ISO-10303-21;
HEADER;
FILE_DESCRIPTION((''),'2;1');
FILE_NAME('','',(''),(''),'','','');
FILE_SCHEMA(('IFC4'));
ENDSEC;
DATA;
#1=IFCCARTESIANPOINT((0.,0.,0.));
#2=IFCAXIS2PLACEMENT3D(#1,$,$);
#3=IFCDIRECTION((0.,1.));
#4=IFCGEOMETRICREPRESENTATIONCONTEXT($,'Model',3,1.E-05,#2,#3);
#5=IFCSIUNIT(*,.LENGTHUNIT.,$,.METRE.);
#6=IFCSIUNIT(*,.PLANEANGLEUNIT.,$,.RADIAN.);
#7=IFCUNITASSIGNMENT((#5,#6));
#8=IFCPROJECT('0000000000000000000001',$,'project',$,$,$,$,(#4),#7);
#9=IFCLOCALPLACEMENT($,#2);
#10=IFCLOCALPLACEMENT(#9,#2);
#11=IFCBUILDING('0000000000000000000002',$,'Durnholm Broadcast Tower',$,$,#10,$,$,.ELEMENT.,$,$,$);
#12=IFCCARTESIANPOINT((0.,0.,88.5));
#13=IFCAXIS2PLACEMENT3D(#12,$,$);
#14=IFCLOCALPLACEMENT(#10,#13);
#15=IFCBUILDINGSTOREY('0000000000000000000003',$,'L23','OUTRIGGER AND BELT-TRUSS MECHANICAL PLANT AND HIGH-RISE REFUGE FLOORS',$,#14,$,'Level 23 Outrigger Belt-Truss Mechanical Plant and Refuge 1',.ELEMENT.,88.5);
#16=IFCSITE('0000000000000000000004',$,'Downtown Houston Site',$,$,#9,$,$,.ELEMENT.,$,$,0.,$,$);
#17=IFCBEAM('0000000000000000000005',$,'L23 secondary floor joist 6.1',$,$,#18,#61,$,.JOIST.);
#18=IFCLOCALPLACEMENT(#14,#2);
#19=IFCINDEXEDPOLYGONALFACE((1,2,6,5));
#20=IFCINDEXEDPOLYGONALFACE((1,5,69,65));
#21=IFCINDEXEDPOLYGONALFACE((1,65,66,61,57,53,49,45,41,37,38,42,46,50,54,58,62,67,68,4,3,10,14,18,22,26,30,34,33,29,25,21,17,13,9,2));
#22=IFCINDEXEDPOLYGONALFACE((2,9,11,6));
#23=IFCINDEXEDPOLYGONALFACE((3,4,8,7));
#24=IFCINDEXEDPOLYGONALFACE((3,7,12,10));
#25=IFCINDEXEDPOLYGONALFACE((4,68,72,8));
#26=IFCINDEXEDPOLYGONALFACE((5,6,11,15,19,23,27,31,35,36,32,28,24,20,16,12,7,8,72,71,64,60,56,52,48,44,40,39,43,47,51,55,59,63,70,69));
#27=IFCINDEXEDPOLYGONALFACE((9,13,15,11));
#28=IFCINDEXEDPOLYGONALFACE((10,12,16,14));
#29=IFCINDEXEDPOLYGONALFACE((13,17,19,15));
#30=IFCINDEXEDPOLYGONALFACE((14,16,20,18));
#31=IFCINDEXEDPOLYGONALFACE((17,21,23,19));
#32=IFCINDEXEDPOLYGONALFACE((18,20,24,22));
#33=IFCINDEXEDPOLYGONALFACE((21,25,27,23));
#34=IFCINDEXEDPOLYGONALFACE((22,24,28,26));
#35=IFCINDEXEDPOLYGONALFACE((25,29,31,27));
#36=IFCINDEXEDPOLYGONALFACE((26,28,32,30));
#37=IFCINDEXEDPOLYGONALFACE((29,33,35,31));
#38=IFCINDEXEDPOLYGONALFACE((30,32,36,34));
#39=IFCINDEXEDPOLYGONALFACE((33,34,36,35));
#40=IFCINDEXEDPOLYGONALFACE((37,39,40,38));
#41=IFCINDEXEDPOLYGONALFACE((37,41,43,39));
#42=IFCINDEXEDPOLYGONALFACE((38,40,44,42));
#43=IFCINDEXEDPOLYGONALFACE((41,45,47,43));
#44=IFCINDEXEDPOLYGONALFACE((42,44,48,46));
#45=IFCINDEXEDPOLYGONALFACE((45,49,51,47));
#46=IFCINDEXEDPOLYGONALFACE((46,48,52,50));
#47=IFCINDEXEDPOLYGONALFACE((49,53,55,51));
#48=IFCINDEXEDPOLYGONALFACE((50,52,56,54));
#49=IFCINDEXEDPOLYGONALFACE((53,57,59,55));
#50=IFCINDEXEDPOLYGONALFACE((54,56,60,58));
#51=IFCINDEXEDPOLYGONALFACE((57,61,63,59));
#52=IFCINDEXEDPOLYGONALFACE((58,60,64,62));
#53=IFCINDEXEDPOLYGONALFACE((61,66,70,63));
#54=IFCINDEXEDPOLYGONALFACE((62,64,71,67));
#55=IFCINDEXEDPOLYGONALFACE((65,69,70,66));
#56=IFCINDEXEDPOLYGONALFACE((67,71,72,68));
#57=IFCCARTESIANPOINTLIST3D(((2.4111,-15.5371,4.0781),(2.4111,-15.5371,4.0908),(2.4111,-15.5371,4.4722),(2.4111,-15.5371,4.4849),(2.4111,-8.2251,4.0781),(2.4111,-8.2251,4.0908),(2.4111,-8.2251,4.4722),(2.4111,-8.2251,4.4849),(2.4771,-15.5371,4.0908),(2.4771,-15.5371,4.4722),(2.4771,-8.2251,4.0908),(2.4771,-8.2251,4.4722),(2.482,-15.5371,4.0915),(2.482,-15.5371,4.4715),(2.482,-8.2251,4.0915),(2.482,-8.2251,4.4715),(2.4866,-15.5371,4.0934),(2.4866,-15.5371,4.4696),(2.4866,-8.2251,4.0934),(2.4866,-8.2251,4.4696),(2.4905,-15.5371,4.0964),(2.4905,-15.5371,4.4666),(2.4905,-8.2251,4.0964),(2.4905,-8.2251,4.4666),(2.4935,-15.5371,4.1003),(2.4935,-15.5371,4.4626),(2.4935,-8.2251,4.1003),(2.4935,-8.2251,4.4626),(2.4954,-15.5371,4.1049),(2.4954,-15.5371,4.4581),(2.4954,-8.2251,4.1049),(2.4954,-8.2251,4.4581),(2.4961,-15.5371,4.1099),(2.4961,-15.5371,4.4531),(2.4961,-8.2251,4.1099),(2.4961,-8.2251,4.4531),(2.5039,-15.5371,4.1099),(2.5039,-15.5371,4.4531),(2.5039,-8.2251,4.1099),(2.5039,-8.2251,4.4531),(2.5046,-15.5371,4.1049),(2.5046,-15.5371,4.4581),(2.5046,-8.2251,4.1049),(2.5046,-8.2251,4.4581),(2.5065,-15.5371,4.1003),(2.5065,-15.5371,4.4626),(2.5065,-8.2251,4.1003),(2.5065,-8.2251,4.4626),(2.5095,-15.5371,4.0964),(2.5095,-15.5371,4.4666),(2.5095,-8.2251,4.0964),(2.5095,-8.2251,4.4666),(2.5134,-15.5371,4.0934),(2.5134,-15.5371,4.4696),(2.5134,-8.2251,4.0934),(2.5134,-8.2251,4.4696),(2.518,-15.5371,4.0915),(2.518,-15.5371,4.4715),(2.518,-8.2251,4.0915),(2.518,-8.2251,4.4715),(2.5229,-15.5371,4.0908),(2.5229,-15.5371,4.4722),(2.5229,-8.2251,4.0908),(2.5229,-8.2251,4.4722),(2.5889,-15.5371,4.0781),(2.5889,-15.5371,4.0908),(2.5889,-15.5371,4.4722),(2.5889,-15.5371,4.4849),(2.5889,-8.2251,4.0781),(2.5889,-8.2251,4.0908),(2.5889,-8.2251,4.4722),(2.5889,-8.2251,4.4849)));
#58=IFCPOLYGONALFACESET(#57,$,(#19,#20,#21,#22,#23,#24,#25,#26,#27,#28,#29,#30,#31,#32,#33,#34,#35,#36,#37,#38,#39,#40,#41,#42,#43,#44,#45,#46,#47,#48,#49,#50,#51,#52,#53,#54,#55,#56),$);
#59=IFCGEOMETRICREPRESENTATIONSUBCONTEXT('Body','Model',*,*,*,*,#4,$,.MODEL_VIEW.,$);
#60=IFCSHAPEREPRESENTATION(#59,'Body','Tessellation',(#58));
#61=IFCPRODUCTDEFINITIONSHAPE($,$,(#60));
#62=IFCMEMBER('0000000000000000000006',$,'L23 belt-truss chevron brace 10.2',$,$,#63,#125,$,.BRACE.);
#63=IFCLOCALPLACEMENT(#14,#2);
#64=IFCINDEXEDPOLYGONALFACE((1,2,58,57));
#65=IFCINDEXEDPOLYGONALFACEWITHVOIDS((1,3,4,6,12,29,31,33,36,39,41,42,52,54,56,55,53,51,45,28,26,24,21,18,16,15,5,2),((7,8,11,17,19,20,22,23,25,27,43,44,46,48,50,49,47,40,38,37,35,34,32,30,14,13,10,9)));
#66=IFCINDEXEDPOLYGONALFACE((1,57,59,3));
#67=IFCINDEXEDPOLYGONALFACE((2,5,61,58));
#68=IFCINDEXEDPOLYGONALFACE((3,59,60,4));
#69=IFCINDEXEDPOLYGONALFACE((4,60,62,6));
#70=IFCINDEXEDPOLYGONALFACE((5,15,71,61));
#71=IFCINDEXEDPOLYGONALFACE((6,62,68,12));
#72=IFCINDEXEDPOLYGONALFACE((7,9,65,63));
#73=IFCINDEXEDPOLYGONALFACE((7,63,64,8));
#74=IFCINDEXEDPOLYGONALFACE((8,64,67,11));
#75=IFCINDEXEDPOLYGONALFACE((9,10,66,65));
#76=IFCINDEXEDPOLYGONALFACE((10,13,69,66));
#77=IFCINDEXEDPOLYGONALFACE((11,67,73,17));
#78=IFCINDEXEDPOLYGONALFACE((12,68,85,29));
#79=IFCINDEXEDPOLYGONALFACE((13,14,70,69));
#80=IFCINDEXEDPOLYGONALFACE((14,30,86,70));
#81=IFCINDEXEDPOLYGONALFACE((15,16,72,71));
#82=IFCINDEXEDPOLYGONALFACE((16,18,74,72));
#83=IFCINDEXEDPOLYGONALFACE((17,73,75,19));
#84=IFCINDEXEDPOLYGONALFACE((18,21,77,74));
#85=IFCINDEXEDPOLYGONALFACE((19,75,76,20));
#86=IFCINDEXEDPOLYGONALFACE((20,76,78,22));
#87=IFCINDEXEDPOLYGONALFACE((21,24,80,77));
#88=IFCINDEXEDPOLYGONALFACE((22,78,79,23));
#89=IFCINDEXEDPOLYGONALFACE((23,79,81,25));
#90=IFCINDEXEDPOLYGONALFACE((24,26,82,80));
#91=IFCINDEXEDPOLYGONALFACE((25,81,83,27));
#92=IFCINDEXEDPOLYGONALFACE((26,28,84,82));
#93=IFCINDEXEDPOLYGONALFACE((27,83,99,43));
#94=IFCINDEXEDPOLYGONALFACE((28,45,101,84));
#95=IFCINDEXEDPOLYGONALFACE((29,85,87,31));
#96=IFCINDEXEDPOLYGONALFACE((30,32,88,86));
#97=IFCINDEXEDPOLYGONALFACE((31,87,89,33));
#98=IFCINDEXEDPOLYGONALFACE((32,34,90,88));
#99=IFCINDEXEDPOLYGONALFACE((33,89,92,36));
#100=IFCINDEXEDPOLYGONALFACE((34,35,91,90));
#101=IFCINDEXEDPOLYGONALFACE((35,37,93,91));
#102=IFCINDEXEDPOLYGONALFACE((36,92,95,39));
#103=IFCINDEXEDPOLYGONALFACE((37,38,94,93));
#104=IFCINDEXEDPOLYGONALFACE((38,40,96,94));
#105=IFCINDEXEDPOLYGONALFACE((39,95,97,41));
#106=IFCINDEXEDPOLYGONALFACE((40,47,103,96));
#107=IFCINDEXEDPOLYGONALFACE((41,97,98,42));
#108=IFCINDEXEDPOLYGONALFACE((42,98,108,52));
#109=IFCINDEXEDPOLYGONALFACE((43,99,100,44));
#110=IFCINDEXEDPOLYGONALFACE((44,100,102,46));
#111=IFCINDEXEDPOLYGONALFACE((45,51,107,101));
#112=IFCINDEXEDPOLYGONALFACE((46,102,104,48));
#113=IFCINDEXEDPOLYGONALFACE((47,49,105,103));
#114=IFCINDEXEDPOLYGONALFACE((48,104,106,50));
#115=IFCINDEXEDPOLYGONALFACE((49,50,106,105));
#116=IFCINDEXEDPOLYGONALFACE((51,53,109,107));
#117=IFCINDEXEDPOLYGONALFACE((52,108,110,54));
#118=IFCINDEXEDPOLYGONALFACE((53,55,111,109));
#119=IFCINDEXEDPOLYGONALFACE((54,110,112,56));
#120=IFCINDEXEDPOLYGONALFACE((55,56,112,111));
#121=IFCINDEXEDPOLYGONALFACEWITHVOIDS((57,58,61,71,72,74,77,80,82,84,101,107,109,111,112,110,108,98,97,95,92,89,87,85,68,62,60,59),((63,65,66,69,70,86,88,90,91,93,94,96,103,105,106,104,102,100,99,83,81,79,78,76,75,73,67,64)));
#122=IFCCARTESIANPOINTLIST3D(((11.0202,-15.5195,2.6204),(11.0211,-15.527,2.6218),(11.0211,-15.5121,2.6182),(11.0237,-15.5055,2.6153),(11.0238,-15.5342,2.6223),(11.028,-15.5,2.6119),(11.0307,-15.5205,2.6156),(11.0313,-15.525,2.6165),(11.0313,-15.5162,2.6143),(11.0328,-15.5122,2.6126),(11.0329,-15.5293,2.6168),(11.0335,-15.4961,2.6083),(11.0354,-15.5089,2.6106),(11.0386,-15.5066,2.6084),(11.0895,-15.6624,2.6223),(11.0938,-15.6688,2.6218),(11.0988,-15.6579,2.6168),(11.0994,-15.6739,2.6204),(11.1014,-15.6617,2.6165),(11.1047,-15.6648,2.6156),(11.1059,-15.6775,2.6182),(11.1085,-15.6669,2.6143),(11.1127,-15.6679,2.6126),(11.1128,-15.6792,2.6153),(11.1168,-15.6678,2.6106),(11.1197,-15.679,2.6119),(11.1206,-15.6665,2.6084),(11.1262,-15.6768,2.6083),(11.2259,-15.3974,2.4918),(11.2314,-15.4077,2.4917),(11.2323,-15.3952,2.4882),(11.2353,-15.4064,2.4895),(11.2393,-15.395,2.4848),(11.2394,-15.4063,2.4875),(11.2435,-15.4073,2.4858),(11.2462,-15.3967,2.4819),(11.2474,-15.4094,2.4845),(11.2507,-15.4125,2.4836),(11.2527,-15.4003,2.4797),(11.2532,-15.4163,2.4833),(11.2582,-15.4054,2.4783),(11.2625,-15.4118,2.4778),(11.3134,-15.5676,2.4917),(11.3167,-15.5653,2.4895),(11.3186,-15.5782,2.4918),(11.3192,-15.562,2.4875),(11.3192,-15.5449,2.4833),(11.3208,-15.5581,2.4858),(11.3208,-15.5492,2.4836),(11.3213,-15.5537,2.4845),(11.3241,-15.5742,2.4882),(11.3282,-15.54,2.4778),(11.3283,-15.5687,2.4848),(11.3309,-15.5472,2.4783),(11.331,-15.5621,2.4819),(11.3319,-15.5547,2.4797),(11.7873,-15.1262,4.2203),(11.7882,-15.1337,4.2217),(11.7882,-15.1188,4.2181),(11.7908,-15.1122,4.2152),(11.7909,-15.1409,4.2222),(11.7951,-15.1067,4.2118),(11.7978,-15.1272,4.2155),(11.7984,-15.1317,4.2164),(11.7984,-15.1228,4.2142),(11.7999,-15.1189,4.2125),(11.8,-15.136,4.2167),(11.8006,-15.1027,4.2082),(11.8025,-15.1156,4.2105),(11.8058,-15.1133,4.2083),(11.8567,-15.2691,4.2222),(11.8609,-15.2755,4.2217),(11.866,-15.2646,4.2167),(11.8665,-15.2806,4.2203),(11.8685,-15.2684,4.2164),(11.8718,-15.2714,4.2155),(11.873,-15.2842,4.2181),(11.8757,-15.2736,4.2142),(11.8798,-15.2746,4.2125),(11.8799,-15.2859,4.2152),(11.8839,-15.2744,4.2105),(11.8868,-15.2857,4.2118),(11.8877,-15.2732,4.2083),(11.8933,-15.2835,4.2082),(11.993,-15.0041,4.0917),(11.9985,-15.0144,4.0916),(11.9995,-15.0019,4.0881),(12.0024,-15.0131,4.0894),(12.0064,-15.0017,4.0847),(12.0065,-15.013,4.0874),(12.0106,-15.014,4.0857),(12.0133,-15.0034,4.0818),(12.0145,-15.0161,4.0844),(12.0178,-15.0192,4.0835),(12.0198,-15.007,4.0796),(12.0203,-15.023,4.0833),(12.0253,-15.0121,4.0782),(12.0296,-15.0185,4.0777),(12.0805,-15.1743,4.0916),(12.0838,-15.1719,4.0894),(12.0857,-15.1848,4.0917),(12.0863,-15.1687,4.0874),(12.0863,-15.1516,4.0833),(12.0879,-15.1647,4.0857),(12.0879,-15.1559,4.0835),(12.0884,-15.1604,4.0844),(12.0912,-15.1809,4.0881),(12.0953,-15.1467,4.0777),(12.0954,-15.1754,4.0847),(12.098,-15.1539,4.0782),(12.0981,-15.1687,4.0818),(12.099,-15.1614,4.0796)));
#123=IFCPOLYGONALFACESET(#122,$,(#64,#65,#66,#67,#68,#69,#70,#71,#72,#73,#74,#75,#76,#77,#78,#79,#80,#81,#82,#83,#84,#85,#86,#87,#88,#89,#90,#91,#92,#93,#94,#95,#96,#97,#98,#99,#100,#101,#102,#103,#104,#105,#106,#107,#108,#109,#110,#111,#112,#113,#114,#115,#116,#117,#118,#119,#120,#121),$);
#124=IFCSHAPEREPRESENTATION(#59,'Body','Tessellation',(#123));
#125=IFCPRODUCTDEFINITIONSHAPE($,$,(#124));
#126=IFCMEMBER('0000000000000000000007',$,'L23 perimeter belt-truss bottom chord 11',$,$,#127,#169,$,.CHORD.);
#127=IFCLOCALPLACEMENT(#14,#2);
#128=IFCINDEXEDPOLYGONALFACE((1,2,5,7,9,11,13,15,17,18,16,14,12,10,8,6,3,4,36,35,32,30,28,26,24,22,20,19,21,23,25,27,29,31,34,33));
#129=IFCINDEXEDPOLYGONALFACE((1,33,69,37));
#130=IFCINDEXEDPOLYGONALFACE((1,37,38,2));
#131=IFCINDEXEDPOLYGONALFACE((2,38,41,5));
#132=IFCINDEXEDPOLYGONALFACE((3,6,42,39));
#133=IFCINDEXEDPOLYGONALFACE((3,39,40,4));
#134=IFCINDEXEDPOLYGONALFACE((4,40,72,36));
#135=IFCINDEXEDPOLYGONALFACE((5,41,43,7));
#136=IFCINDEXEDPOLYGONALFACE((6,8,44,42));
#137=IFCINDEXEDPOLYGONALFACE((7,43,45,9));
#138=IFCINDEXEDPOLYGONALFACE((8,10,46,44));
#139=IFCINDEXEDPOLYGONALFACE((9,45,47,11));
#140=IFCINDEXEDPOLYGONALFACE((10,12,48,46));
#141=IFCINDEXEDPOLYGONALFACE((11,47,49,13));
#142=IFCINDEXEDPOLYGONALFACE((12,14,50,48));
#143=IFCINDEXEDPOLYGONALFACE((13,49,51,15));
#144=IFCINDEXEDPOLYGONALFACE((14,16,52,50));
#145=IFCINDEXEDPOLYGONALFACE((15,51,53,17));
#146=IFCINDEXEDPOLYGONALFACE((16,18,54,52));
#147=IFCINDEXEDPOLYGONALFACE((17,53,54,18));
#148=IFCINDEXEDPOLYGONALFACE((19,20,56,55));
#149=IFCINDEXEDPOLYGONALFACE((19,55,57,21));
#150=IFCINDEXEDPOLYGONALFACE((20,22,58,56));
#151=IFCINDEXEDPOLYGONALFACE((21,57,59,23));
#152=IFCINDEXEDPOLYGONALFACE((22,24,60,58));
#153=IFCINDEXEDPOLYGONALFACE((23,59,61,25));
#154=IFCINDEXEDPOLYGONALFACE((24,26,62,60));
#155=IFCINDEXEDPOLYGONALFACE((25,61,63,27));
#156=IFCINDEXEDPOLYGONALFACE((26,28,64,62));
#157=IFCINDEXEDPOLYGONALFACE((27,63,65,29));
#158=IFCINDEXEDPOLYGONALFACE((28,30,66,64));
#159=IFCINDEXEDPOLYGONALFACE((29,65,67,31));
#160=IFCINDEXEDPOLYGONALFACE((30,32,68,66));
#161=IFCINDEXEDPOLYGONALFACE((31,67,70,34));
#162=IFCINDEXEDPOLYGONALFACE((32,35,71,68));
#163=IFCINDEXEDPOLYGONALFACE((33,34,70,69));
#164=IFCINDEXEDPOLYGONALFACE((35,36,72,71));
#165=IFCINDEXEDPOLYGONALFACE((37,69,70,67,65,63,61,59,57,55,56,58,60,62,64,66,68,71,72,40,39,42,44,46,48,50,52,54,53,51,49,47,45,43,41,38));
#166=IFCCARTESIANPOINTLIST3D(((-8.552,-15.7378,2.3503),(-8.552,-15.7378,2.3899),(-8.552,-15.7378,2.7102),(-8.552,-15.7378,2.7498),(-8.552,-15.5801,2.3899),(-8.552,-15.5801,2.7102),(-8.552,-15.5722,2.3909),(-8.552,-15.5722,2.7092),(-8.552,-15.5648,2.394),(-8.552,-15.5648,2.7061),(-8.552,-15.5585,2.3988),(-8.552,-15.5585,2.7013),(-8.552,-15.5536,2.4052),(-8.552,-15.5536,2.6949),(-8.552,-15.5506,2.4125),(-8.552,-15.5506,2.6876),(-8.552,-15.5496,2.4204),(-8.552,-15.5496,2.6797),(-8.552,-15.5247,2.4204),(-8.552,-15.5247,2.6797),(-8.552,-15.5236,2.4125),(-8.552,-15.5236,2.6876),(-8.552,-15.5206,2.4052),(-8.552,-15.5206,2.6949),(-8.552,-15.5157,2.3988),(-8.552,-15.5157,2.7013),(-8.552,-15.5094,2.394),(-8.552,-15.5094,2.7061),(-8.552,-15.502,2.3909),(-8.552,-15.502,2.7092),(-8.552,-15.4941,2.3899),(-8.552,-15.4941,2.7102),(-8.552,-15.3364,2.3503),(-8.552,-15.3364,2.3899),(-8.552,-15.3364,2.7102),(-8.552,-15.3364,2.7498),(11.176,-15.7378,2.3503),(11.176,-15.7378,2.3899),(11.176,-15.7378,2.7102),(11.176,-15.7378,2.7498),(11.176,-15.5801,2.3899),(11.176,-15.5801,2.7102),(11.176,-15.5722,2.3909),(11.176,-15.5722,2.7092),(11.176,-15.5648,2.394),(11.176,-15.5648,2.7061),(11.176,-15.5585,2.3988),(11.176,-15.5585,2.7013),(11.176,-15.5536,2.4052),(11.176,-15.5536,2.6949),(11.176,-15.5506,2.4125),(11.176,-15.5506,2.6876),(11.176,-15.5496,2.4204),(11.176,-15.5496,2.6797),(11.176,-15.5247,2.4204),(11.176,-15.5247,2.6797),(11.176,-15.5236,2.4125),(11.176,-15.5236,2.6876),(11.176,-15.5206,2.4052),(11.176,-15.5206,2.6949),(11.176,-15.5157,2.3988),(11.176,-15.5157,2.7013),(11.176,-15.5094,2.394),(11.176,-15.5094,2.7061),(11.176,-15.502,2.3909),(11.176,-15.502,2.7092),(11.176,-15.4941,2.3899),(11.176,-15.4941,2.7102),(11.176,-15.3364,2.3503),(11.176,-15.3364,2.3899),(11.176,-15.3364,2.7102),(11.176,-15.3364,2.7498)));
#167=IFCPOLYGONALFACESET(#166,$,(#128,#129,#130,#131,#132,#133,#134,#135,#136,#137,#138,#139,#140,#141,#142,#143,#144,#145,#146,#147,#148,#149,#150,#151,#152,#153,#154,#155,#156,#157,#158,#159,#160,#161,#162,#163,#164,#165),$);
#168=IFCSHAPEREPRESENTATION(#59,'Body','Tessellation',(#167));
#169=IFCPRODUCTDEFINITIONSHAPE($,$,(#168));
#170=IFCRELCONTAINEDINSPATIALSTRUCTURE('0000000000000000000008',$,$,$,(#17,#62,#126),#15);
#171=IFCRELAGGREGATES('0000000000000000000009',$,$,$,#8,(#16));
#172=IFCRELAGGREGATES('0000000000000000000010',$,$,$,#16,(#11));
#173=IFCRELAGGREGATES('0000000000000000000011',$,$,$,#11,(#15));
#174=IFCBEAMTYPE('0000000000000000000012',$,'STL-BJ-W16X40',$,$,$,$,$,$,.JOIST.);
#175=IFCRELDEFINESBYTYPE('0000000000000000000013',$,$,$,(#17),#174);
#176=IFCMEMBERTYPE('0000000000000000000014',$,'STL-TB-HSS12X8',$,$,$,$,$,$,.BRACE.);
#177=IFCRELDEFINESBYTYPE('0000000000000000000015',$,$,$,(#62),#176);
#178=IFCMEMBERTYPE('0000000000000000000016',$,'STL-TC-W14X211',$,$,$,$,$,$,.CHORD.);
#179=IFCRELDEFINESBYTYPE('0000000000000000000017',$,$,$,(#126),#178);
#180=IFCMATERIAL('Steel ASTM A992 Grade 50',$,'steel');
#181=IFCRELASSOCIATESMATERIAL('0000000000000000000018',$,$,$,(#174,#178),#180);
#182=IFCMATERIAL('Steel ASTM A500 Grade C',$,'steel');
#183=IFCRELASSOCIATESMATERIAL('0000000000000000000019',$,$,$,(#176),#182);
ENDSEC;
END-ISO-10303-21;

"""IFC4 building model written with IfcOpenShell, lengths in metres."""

from ifc_helpers import new_model, si_unit, direction, frame, origin, origin_2d, place, context, subcontext, project, spatial, hollow_rectangle, i_section, extrude, source, transform, mapped, material, material_profile, profile_set, type_object, type_shapes, element, save


model = new_model("IFC4")

# Units and contexts
model_context = context("Model", 3, precision=1e-05, world=origin(), true_north=direction((0.0, 1.0)))
body_context = subcontext(model_context, "Body", "Model", "MODEL_VIEW")
ifc_project = project(units=[si_unit("LENGTHUNIT", "METRE"), si_unit("PLANEANGLEUNIT", "RADIAN")], contexts=[model_context])

# Site, building, storey
site_placement = place(None, origin())
site = spatial("IfcSite", under=ifc_project, at=site_placement, Name="Downtown Houston Site", CompositionType="ELEMENT", RefElevation=0.0)
building_placement = place(site_placement, origin())
building = spatial("IfcBuilding", under=site, at=building_placement, Name="Durnholm Broadcast Tower", CompositionType="ELEMENT")
storey_placement = place(building_placement, frame((0.0, 0.0, 88.5)))
storey = spatial("IfcBuildingStorey", under=building, at=storey_placement, Name="L23", Description="OUTRIGGER AND BELT-TRUSS MECHANICAL PLANT AND HIGH-RISE REFUGE FLOORS", LongName="Level 23 Outrigger Belt-Truss Mechanical Plant and Refuge 1", CompositionType="ELEMENT", Elevation=88.5)

# Beam
ifc_material_1 = material(Name="Steel ASTM A992 Grade 50", Category="steel")
ifc_material_profile_1 = material_profile(ifc_material_1, i_section(OverallWidth=0.1777, OverallDepth=0.4067, WebThickness=0.0078, FlangeThickness=0.0127, FilletRadius=0.019, at=origin_2d()), Name="W16X40")
ifc_profile_set_1 = profile_set([ifc_material_profile_1], Name="Steel ASTM A992 Grade 50")
beam_type_1 = type_object("IfcBeamType", Name="STL-BJ-W16X40", PredefinedType="JOIST", material=ifc_profile_set_1)
shared_shape_1 = source(origin(), body_context, "Body", "SweptSolid", [
    extrude(i_section(OverallWidth=0.1777, OverallDepth=0.4067, WebThickness=0.0078, FlangeThickness=0.0127, FilletRadius=0.019, at=origin_2d()), origin(), (0.0, 0.0, 1.0), 7.312),
])
type_shapes(beam_type_1, [shared_shape_1])
beam_1_placement = place(storey_placement, frame((2.5, -15.5371, 4.2815), z_axis=(0.0, 1.0, 0.0), x_axis=(-1.0, 0.0, 0.0)))
element("IfcBeam", 1, at=beam_1_placement, inside=storey, type_object=beam_type_1, Name="L23 secondary floor joist 6.1", PredefinedType="JOIST", context=body_context, shape_type="MappedRepresentation", body=[
    mapped(shared_shape_1, transform((0.0, 0.0, 0.0), x_axis=(1.0, 0.0, 0.0), y_axis=(0.0, 1.0, 0.0), z_axis=(0.0, 0.0, 1.0), scale=1.0)),
])

# Members
ifc_material_2 = material(Name="Steel ASTM A500 Grade C", Category="steel")
ifc_material_profile_2 = material_profile(ifc_material_2, hollow_rectangle(XDim=0.2031, YDim=0.3047, WallThickness=0.0117, InnerFilletRadius=0.0176, OuterFilletRadius=0.0295, at=origin_2d()), Name="HSS12X8X1/2")
ifc_profile_set_2 = profile_set([ifc_material_profile_2], Name="Steel ASTM A500 Grade C")
member_type_1 = type_object("IfcMemberType", Name="STL-TB-HSS12X8", PredefinedType="BRACE", material=ifc_profile_set_2)
shared_shape_2 = source(origin(), body_context, "Body", "SweptSolid", [
    extrude(hollow_rectangle(XDim=0.2031, YDim=0.3047, WallThickness=0.0117, InnerFilletRadius=0.0176, OuterFilletRadius=0.0295, at=origin_2d()), origin(), (0.0, 0.0, 1.0), 1.8174),
])
type_shapes(member_type_1, [shared_shape_2])
member_1_placement = place(storey_placement, frame((11.176, -15.5371, 2.55), z_axis=(0.4221, 0.216423, 0.880337), x_axis=(-0.456253, 0.88985, 0.0)))
element("IfcMember", 2, at=member_1_placement, inside=storey, type_object=member_type_1, Name="L23 belt-truss chevron brace 10.2", PredefinedType="BRACE", context=body_context, shape_type="MappedRepresentation", body=[
    mapped(shared_shape_2, transform((0.0, 0.0, 0.0), x_axis=(1.0, 0.0, 0.0), y_axis=(0.0, 1.0, 0.0), z_axis=(0.0, 0.0, 1.0), scale=1.0)),
])
ifc_material_profile_3 = material_profile(ifc_material_1, i_section(OverallWidth=0.4014, OverallDepth=0.3994, WebThickness=0.0249, FlangeThickness=0.0396, FilletRadius=0.0305, at=origin_2d()), Name="W14X211")
ifc_profile_set_3 = profile_set([ifc_material_profile_3], Name="Steel ASTM A992 Grade 50")
member_type_2 = type_object("IfcMemberType", Name="STL-TC-W14X211", PredefinedType="CHORD", material=ifc_profile_set_3)
shared_shape_3 = source(origin(), body_context, "Body", "SweptSolid", [
    extrude(i_section(OverallWidth=0.4014, OverallDepth=0.3994, WebThickness=0.0249, FlangeThickness=0.0396, FilletRadius=0.0305, at=origin_2d()), origin(), (0.0, 0.0, 1.0), 19.728),
])
type_shapes(member_type_2, [shared_shape_3])
member_2_placement = place(storey_placement, frame((11.176, -15.5371, 2.55), z_axis=(-1.0, 0.0, 0.0), x_axis=(0.0, -1.0, 0.0)))
element("IfcMember", 3, at=member_2_placement, inside=storey, type_object=member_type_2, Name="L23 perimeter belt-truss bottom chord 11", PredefinedType="CHORD", context=body_context, shape_type="MappedRepresentation", body=[
    mapped(shared_shape_3, transform((0.0, 0.0, 0.0), x_axis=(1.0, 0.0, 0.0), y_axis=(0.0, 1.0, 0.0), z_axis=(0.0, 0.0, 1.0), scale=1.0)),
])

save(model, "model.ifc")
